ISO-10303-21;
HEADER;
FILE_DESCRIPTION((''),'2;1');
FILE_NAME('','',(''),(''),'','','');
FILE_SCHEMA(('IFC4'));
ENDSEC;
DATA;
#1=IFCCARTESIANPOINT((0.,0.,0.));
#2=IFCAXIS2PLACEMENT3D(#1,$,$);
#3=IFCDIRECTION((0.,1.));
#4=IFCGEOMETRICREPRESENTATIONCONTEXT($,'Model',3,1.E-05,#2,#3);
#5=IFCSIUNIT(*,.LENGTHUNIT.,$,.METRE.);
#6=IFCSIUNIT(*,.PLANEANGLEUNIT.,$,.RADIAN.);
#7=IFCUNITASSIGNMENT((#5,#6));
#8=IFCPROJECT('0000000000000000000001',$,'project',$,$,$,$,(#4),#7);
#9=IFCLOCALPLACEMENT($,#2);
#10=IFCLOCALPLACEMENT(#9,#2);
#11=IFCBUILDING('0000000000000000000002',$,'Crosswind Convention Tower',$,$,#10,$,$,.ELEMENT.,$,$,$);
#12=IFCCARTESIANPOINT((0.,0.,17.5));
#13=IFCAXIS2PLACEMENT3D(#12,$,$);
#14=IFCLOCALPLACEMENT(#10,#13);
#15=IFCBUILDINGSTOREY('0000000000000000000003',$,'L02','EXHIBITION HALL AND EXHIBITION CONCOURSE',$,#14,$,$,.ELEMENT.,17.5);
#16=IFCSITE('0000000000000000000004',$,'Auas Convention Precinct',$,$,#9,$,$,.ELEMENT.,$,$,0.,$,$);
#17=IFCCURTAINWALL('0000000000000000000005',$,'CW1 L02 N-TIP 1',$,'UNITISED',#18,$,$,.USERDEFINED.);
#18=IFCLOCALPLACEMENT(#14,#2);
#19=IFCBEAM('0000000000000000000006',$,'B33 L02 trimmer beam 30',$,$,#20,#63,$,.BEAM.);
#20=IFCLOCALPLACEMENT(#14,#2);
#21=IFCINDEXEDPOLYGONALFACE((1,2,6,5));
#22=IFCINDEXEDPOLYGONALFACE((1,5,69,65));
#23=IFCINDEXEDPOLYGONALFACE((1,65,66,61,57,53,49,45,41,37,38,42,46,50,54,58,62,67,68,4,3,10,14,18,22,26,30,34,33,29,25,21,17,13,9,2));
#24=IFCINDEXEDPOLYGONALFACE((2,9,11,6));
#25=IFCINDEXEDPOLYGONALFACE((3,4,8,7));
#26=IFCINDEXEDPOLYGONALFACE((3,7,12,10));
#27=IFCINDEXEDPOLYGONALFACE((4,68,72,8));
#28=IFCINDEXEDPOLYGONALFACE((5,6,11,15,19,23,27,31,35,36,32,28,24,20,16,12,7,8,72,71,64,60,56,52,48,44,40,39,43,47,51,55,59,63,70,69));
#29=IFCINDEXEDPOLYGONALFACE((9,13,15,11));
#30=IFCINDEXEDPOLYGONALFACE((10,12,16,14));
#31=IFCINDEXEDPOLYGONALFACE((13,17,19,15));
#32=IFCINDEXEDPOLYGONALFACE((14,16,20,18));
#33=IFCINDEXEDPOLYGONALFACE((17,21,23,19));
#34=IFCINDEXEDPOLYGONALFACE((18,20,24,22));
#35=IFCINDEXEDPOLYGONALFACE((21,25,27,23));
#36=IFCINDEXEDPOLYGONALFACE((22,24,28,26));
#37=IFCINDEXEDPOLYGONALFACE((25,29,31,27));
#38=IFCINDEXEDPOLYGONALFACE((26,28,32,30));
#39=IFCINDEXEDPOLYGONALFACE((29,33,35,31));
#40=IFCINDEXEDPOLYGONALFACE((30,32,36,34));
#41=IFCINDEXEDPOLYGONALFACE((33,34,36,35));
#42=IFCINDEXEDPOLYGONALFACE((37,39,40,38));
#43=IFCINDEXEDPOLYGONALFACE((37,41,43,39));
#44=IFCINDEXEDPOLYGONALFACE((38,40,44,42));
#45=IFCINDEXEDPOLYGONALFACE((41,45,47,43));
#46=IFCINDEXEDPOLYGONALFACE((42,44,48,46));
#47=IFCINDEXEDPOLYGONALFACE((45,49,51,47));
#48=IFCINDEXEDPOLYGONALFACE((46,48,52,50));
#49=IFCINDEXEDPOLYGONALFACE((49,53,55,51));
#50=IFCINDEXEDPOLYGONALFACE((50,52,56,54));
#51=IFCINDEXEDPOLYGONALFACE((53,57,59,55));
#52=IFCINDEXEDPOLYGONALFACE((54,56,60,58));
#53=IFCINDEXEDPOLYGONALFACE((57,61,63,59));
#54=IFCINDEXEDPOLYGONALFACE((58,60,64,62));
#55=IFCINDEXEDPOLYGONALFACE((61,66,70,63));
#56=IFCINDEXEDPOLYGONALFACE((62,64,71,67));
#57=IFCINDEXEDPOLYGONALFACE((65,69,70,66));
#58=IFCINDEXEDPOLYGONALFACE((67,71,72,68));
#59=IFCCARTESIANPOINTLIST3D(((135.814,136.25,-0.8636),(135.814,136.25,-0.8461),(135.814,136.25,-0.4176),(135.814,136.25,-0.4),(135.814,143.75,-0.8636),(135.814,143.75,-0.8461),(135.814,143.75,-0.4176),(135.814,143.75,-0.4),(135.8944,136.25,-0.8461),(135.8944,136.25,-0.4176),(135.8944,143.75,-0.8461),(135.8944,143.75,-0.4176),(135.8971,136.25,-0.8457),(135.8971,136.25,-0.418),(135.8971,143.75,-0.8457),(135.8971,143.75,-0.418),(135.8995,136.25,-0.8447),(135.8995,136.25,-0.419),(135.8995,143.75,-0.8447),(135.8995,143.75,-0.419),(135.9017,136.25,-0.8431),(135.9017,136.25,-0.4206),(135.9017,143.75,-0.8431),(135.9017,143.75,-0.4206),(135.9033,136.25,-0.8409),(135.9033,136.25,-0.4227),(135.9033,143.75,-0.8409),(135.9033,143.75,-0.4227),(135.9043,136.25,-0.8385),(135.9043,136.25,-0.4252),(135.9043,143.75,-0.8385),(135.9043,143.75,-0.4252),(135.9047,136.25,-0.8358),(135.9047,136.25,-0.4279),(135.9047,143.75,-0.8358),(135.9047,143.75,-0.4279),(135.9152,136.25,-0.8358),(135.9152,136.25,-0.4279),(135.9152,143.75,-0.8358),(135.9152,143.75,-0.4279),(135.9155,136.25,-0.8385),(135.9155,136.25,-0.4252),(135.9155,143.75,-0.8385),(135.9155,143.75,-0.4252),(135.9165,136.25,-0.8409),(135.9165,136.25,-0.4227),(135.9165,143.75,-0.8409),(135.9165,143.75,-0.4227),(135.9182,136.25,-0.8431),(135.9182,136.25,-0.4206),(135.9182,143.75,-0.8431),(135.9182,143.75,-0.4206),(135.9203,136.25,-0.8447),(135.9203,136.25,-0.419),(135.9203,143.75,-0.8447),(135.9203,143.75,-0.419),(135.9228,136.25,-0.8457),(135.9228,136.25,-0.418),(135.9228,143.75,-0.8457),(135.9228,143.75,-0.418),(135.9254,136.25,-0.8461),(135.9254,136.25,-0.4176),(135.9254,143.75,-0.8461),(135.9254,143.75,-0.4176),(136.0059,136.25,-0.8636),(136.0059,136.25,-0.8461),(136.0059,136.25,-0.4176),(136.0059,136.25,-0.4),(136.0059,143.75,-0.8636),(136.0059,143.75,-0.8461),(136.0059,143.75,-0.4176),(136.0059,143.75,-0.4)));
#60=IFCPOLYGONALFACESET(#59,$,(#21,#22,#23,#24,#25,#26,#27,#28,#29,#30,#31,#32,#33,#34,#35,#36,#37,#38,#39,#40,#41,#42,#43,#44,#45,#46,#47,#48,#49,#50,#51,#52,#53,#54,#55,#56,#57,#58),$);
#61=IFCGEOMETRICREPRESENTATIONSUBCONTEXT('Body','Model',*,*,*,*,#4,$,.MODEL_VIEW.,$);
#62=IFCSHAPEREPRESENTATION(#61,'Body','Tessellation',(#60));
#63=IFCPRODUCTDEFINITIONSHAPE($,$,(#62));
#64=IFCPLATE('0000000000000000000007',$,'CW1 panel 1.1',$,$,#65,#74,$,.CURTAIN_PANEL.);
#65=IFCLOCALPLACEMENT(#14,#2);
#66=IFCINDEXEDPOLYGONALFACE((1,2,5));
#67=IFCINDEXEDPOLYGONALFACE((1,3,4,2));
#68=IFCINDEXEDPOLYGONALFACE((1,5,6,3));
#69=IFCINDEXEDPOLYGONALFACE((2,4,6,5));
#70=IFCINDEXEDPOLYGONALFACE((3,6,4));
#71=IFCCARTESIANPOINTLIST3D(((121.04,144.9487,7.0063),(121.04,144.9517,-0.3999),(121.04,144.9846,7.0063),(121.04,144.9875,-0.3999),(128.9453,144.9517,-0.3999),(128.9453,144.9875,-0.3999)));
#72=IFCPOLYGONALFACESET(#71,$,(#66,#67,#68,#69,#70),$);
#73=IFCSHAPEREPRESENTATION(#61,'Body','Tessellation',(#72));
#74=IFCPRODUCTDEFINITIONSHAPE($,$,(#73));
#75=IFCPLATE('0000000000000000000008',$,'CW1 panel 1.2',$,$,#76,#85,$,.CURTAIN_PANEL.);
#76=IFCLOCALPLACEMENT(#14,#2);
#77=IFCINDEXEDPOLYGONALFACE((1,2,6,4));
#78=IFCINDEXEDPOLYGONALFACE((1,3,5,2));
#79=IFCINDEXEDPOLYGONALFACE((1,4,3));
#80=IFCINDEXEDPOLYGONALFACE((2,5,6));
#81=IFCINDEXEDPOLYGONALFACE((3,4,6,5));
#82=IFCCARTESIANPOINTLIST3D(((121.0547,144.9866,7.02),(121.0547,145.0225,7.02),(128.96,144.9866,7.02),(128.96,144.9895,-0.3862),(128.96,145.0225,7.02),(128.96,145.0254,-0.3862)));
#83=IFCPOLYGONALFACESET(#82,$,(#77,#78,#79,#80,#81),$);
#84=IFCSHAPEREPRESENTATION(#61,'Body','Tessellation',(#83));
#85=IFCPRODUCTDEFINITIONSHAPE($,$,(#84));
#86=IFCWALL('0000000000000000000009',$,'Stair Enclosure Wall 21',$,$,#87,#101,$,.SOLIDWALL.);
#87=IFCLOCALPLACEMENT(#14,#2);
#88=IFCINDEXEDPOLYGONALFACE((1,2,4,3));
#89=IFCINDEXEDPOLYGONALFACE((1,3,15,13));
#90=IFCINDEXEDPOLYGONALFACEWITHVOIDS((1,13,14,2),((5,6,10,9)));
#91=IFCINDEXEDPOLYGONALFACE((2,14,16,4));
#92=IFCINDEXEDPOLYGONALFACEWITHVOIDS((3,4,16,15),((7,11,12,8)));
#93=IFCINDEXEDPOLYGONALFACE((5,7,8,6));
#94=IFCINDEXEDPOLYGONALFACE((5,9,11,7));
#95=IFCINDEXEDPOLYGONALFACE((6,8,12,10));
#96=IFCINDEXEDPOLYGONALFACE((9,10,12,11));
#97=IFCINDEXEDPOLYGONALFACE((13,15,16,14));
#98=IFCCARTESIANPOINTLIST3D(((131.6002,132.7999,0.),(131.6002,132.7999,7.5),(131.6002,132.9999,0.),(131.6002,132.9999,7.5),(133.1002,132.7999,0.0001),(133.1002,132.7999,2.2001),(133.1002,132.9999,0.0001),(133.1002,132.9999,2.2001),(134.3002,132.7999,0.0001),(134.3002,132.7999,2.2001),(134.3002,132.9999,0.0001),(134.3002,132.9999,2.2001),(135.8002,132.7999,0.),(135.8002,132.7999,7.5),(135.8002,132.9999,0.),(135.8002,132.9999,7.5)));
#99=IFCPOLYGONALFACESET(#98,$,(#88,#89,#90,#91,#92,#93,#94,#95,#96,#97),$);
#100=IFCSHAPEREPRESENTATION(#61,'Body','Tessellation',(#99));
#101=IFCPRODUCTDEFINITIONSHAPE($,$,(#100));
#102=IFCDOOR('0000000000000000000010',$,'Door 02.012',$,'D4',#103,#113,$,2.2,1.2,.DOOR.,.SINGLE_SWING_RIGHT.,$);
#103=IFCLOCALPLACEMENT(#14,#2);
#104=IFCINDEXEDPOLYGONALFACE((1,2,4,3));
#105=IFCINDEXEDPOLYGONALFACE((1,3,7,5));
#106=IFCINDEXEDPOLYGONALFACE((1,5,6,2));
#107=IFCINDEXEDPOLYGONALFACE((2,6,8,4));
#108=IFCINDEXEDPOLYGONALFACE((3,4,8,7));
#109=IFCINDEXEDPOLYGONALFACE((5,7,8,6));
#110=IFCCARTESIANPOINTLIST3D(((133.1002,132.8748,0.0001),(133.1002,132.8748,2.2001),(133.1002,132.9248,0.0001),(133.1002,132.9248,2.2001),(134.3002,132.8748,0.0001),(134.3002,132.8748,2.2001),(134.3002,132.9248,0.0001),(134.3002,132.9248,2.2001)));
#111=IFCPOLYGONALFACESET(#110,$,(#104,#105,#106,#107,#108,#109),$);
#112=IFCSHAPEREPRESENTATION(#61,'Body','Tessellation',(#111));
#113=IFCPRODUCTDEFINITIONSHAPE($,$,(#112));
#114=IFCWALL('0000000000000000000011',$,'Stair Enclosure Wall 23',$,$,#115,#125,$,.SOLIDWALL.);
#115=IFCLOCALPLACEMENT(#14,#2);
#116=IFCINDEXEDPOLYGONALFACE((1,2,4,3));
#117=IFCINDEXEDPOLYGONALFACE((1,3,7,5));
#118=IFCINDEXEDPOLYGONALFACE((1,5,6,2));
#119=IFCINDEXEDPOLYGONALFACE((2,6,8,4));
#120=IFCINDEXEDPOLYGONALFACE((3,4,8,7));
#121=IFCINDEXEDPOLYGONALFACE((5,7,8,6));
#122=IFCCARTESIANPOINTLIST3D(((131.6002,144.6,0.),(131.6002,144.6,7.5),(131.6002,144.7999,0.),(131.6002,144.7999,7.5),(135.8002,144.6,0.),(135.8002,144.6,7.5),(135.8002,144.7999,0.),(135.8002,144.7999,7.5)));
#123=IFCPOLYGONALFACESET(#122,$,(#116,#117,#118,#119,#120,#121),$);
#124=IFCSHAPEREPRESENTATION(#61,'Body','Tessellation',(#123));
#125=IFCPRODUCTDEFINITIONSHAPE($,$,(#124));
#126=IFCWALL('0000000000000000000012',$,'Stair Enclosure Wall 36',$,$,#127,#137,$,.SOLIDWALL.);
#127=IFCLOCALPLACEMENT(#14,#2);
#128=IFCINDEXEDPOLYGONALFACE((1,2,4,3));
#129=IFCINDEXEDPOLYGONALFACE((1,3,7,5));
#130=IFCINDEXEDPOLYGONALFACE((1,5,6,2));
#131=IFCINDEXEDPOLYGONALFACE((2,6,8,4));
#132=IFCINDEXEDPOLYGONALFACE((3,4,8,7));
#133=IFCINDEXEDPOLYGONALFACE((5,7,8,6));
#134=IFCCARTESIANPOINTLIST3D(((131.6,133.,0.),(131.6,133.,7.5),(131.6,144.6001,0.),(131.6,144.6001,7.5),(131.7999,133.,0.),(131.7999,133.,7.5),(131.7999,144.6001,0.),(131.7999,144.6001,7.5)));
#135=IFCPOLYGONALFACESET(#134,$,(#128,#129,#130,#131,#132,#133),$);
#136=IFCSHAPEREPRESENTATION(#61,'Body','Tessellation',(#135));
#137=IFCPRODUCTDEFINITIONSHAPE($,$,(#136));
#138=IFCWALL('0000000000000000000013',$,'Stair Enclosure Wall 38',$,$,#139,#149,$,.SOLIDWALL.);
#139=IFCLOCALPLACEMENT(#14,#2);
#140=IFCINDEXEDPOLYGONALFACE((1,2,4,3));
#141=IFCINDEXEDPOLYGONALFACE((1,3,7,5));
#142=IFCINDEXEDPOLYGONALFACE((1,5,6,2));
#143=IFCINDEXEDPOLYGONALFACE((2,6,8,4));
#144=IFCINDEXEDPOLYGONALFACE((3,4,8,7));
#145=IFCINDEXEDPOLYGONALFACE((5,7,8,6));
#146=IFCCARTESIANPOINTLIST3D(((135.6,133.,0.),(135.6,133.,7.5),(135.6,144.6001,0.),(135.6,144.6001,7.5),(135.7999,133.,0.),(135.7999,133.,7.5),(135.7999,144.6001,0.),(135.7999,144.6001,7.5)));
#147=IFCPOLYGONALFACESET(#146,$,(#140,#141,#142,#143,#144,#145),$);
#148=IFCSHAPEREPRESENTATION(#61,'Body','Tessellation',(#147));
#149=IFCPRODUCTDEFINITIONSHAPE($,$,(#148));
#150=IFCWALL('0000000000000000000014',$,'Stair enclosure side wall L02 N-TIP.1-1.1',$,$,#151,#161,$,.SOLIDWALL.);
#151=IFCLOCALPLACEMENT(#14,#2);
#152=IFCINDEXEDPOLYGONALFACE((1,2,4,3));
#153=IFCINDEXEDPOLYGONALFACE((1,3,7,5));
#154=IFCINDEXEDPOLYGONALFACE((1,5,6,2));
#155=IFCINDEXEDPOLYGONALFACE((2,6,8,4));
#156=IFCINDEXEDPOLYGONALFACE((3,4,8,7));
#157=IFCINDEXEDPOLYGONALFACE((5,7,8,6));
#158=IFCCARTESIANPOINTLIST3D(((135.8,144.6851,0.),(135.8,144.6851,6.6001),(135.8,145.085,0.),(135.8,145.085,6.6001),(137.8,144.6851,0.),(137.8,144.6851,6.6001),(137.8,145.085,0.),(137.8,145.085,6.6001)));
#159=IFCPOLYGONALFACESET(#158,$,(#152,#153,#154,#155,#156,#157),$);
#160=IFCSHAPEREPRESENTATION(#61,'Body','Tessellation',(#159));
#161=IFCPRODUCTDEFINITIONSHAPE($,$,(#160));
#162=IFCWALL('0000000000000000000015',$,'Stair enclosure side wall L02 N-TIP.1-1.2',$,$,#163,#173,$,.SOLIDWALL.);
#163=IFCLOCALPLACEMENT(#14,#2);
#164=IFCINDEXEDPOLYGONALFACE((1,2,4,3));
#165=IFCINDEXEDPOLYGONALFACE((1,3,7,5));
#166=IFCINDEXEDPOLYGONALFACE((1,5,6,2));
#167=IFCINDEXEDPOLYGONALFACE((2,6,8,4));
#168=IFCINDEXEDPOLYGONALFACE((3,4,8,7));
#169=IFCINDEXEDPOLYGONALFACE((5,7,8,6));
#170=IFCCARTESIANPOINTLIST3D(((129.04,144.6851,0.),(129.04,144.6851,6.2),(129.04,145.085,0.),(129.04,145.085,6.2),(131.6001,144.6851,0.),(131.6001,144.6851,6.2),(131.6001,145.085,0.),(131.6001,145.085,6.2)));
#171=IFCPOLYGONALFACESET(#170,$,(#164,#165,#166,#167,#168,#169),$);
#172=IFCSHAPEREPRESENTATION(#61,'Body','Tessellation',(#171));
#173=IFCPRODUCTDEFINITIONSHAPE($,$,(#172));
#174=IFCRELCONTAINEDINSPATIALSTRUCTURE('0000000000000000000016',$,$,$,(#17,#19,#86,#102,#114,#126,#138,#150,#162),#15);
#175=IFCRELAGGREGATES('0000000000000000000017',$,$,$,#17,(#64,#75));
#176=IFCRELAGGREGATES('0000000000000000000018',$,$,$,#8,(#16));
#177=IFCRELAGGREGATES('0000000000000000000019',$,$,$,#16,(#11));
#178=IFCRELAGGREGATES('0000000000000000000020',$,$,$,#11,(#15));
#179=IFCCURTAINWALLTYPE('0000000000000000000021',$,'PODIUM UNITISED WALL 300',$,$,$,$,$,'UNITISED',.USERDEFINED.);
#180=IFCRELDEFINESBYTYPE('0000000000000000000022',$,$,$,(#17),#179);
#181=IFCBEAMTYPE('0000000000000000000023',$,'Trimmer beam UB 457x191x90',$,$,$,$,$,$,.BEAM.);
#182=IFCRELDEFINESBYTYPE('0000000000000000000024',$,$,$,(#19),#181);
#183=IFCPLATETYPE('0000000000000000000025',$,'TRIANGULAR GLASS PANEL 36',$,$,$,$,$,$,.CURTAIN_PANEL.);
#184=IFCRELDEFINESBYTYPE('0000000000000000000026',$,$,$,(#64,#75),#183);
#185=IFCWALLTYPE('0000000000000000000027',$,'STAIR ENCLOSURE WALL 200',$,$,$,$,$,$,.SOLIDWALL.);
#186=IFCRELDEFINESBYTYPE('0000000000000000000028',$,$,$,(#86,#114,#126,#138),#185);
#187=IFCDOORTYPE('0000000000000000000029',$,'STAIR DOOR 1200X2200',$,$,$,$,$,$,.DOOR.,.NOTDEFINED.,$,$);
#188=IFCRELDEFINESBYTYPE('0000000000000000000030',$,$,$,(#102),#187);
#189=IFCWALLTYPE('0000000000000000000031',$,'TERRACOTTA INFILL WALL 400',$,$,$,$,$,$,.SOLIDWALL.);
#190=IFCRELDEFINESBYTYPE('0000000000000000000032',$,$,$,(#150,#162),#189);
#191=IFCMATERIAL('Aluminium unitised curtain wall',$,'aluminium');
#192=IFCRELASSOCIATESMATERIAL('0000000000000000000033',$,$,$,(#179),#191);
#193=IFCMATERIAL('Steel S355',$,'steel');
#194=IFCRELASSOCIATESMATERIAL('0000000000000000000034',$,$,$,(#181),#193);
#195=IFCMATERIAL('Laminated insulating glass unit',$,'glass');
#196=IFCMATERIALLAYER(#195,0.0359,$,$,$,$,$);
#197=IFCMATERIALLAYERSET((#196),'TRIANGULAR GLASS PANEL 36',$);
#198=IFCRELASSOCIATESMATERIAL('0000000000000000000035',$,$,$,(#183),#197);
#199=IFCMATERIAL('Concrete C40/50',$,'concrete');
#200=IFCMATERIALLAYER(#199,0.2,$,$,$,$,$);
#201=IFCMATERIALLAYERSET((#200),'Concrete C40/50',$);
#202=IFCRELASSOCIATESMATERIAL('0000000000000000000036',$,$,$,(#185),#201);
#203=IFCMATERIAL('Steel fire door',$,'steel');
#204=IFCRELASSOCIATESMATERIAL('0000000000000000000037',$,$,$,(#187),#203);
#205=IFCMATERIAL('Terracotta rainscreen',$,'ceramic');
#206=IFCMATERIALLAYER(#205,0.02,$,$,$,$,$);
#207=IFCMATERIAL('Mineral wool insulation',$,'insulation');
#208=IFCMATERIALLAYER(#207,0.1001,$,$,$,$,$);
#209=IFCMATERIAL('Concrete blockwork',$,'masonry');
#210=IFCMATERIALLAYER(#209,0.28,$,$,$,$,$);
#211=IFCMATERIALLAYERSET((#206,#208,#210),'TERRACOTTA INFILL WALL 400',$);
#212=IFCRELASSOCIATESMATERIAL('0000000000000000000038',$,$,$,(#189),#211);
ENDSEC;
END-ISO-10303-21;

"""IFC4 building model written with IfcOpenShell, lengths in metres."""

from ifc_helpers import new_model, si_unit, direction, frame, frame_2d, origin, origin_2d, place, context, subcontext, project, spatial, polyline, rectangle, i_section, outline, extrude, material, layer, layer_set, material_profile, profile_set, type_object, element, fill, aggregate, save


model = new_model("IFC4")

# Units and contexts
model_context = context("Model", 3, precision=1e-05, world=origin(), true_north=direction((0.0, 1.0)))
body_context = subcontext(model_context, "Body", "Model", "MODEL_VIEW")
ifc_project = project(units=[si_unit("LENGTHUNIT", "METRE"), si_unit("PLANEANGLEUNIT", "RADIAN")], contexts=[model_context])

# Site, building, storey
site_placement = place(None, origin())
site = spatial("IfcSite", under=ifc_project, at=site_placement, Name="Auas Convention Precinct", CompositionType="ELEMENT", RefElevation=0.0)
building_placement = place(site_placement, origin())
building = spatial("IfcBuilding", under=site, at=building_placement, Name="Crosswind Convention Tower", CompositionType="ELEMENT")
storey_placement = place(building_placement, frame((0.0, 0.0, 17.5)))
storey = spatial("IfcBuildingStorey", under=building, at=storey_placement, Name="L02", Description="EXHIBITION HALL AND EXHIBITION CONCOURSE", CompositionType="ELEMENT", Elevation=17.5)

# Shared definitions
ifc_material_1 = material(Name="Steel S355", Category="steel")

# Curtain wall
ifc_material_2 = material(Name="Aluminium unitised curtain wall", Category="aluminium")
curtain_wall_type = type_object("IfcCurtainWallType", Name="PODIUM UNITISED WALL 300", ElementType="UNITISED", PredefinedType="USERDEFINED", material=ifc_material_2)
curtain_wall_1_placement = place(storey_placement, origin())
curtain_wall_1 = element("IfcCurtainWall", 1, at=curtain_wall_1_placement, inside=storey, type_object=curtain_wall_type, Name="CW1 L02 N-TIP 1", ObjectType="UNITISED", PredefinedType="USERDEFINED")

# Beam
ifc_material_profile_1 = material_profile(ifc_material_1, i_section(OverallWidth=0.1919, OverallDepth=0.4636, WebThickness=0.0105, FlangeThickness=0.0176, FilletRadius=0.0103, at=origin_2d()), Name="UB 457x191x90")
ifc_profile_set_1 = profile_set([ifc_material_profile_1], Name="Steel S355")
beam_type_1 = type_object("IfcBeamType", Name="Trimmer beam UB 457x191x90", PredefinedType="BEAM", material=ifc_profile_set_1)
beam_1_placement = place(storey_placement, frame((135.9099, 136.25, -0.6318), z_axis=(0.0, 1.0, 0.0), x_axis=(-1.0, 0.0, 0.0)))
element("IfcBeam", 2, at=beam_1_placement, inside=storey, type_object=beam_type_1, Name="B33 L02 trimmer beam 30", PredefinedType="BEAM", context=body_context, shape_type="SweptSolid", body=[
    extrude(i_section(OverallWidth=0.1919, OverallDepth=0.4636, WebThickness=0.0105, FlangeThickness=0.0176, FilletRadius=0.0103, at=origin_2d()), origin(), (0.0, 0.0, 1.0), 7.5),
])

# Plates
ifc_material_3 = material(Name="Laminated insulating glass unit", Category="glass")
ifc_layer_1 = layer(ifc_material_3, 0.0359)
ifc_layer_set_1 = layer_set([ifc_layer_1], Name="TRIANGULAR GLASS PANEL 36")
plate_type = type_object("IfcPlateType", Name="TRIANGULAR GLASS PANEL 36", PredefinedType="CURTAIN_PANEL", material=ifc_layer_set_1)
plate_1_placement = place(storey_placement, frame((121.04, 144.9875, -0.3999), z_axis=(0.0, 1.0, 0.000396), x_axis=(0.0, -0.000396, 1.0)))
plate_1 = element("IfcPlate", 3, at=plate_1_placement, type_object=plate_type, Name="CW1 panel 1.1", PredefinedType="CURTAIN_PANEL", context=body_context, shape_type="SweptSolid", body=[
    extrude(outline(polyline([(0.0, 0.0), (7.4063, 0.0), (0.0, 7.9053), (0.0, 0.0)])), origin(), (0.0, 0.0, -1.0), 0.0359),
])
plate_2_placement = place(storey_placement, frame((128.96, 145.0225, 7.02), z_axis=(0.0, 1.0, 0.000396), x_axis=(0.0, 0.000396, -1.0)))
plate_2 = element("IfcPlate", 4, at=plate_2_placement, type_object=plate_type, Name="CW1 panel 1.2", PredefinedType="CURTAIN_PANEL", context=body_context, shape_type="SweptSolid", body=[
    extrude(outline(polyline([(0.0, 0.0), (7.4063, 0.0), (0.0, 7.9053), (0.0, 0.0)])), origin(), (0.0, 0.0, -1.0), 0.0359),
])

# Wall, opening, door
ifc_material_4 = material(Name="Concrete C40/50", Category="concrete")
ifc_layer_2 = layer(ifc_material_4, 0.2)
ifc_layer_set_2 = layer_set([ifc_layer_2], Name="Concrete C40/50")
wall_type_1 = type_object("IfcWallType", Name="STAIR ENCLOSURE WALL 200", PredefinedType="SOLIDWALL", material=ifc_layer_set_2)
wall_1_placement = place(storey_placement, frame((131.6001, 132.8999, 0.0), z_axis=(0.0, 0.0, 1.0), x_axis=(1.0, 0.0, 0.0)))
wall_1 = element("IfcWall", 5, at=wall_1_placement, inside=storey, type_object=wall_type_1, Name="Stair Enclosure Wall 21", PredefinedType="SOLIDWALL", context=body_context, shape_type="SweptSolid", body=[
    extrude(rectangle(XDim=4.2, YDim=0.2, at=frame_2d((2.1001, 0.0))), origin(), (0.0, 0.0, 1.0), 7.5),
])
opening_placement = place(wall_1_placement, frame((1.5, 0.0, 0.0)))
opening = element("IfcOpeningElement", 6, at=opening_placement, cuts=wall_1, PredefinedType="OPENING", context=body_context, shape_type="SweptSolid", body=[
    extrude(rectangle(XDim=1.2, YDim=2.2, at=frame_2d((0.6001, 1.1001))), frame((0.0, 0.1099, 0.0), z_axis=(0.0, -1.0, 0.0), x_axis=(1.0, 0.0, 0.0)), (0.0, 0.0, 1.0), 0.22),
])
ifc_material_5 = material(Name="Steel fire door", Category="steel")
door_type = type_object("IfcDoorType", Name="STAIR DOOR 1200X2200", OperationType="NOTDEFINED", PredefinedType="DOOR", material=ifc_material_5)
door_placement = place(opening_placement, origin())
door = element("IfcDoor", 7, at=door_placement, inside=storey, type_object=door_type, Name="Door 02.012", ObjectType="D4", OperationType="SINGLE_SWING_RIGHT", OverallHeight=2.2, OverallWidth=1.2, PredefinedType="DOOR", context=body_context, shape_type="SweptSolid", body=[
    extrude(rectangle(XDim=1.2, YDim=2.2, at=frame_2d((0.6001, 1.1001))), frame((0.0, 0.0249, 0.0), z_axis=(0.0, -1.0, 0.0), x_axis=(1.0, 0.0, 0.0)), (0.0, 0.0, 1.0), 0.05),
])
fill(opening, door)

# Walls
wall_2_placement = place(storey_placement, frame((131.6001, 144.7, 0.0), z_axis=(0.0, 0.0, 1.0), x_axis=(1.0, 0.0, 0.0)))
element("IfcWall", 8, at=wall_2_placement, inside=storey, type_object=wall_type_1, Name="Stair Enclosure Wall 23", PredefinedType="SOLIDWALL", context=body_context, shape_type="SweptSolid", body=[
    extrude(rectangle(XDim=4.2, YDim=0.2, at=frame_2d((2.1001, 0.0))), origin(), (0.0, 0.0, 1.0), 7.5),
])
for number, where, z_axis, x_axis, name in (
    (9, (131.7, 133.0, 0.0), (0.0, 0.0, 1.0), (0.0, 1.0, 0.0), "Stair Enclosure Wall 36"),
    (10, (135.7, 133.0, 0.0), (0.0, 0.0, 1.0), (0.0, 1.0, 0.0), "Stair Enclosure Wall 38"),
):
    element("IfcWall", number, at=place(storey_placement, frame(where, z_axis=z_axis, x_axis=x_axis)), inside=storey, type_object=wall_type_1, Name=name, PredefinedType="SOLIDWALL", context=body_context, shape_type="SweptSolid", body=[
        extrude(rectangle(XDim=11.6001, YDim=0.2, at=frame_2d((5.8, 0.0))), origin(), (0.0, 0.0, 1.0), 7.5),
    ])
ifc_material_6 = material(Name="Terracotta rainscreen", Category="ceramic")
ifc_layer_3 = layer(ifc_material_6, 0.02)
ifc_material_7 = material(Name="Mineral wool insulation", Category="insulation")
ifc_layer_4 = layer(ifc_material_7, 0.1001)
ifc_material_8 = material(Name="Concrete blockwork", Category="masonry")
ifc_layer_5 = layer(ifc_material_8, 0.28)
ifc_layer_set_3 = layer_set([ifc_layer_3, ifc_layer_4, ifc_layer_5], Name="TERRACOTTA INFILL WALL 400")
wall_type_2 = type_object("IfcWallType", Name="TERRACOTTA INFILL WALL 400", PredefinedType="SOLIDWALL", material=ifc_layer_set_3)
wall_3_placement = place(storey_placement, frame((137.8, 144.885, 0.0), z_axis=(0.0, 0.0, 1.0), x_axis=(-1.0, 0.0, 0.0)))
element("IfcWall", 11, at=wall_3_placement, inside=storey, type_object=wall_type_2, Name="Stair enclosure side wall L02 N-TIP.1-1.1", PredefinedType="SOLIDWALL", context=body_context, shape_type="SweptSolid", body=[
    extrude(rectangle(XDim=2.0, YDim=0.3999, at=frame_2d((1.0, 0.0))), origin(), (0.0, 0.0, 1.0), 6.6001),
])
wall_4_placement = place(storey_placement, frame((131.6001, 144.885, 0.0), z_axis=(0.0, 0.0, 1.0), x_axis=(-1.0, 0.0, 0.0)))
element("IfcWall", 12, at=wall_4_placement, inside=storey, type_object=wall_type_2, Name="Stair enclosure side wall L02 N-TIP.1-1.2", PredefinedType="SOLIDWALL", context=body_context, shape_type="SweptSolid", body=[
    extrude(rectangle(XDim=2.5601, YDim=0.3999, at=frame_2d((1.28, 0.0))), origin(), (0.0, 0.0, 1.0), 6.2),
])

aggregate(curtain_wall_1, [plate_1, plate_2])

save(model, "model.ifc")
